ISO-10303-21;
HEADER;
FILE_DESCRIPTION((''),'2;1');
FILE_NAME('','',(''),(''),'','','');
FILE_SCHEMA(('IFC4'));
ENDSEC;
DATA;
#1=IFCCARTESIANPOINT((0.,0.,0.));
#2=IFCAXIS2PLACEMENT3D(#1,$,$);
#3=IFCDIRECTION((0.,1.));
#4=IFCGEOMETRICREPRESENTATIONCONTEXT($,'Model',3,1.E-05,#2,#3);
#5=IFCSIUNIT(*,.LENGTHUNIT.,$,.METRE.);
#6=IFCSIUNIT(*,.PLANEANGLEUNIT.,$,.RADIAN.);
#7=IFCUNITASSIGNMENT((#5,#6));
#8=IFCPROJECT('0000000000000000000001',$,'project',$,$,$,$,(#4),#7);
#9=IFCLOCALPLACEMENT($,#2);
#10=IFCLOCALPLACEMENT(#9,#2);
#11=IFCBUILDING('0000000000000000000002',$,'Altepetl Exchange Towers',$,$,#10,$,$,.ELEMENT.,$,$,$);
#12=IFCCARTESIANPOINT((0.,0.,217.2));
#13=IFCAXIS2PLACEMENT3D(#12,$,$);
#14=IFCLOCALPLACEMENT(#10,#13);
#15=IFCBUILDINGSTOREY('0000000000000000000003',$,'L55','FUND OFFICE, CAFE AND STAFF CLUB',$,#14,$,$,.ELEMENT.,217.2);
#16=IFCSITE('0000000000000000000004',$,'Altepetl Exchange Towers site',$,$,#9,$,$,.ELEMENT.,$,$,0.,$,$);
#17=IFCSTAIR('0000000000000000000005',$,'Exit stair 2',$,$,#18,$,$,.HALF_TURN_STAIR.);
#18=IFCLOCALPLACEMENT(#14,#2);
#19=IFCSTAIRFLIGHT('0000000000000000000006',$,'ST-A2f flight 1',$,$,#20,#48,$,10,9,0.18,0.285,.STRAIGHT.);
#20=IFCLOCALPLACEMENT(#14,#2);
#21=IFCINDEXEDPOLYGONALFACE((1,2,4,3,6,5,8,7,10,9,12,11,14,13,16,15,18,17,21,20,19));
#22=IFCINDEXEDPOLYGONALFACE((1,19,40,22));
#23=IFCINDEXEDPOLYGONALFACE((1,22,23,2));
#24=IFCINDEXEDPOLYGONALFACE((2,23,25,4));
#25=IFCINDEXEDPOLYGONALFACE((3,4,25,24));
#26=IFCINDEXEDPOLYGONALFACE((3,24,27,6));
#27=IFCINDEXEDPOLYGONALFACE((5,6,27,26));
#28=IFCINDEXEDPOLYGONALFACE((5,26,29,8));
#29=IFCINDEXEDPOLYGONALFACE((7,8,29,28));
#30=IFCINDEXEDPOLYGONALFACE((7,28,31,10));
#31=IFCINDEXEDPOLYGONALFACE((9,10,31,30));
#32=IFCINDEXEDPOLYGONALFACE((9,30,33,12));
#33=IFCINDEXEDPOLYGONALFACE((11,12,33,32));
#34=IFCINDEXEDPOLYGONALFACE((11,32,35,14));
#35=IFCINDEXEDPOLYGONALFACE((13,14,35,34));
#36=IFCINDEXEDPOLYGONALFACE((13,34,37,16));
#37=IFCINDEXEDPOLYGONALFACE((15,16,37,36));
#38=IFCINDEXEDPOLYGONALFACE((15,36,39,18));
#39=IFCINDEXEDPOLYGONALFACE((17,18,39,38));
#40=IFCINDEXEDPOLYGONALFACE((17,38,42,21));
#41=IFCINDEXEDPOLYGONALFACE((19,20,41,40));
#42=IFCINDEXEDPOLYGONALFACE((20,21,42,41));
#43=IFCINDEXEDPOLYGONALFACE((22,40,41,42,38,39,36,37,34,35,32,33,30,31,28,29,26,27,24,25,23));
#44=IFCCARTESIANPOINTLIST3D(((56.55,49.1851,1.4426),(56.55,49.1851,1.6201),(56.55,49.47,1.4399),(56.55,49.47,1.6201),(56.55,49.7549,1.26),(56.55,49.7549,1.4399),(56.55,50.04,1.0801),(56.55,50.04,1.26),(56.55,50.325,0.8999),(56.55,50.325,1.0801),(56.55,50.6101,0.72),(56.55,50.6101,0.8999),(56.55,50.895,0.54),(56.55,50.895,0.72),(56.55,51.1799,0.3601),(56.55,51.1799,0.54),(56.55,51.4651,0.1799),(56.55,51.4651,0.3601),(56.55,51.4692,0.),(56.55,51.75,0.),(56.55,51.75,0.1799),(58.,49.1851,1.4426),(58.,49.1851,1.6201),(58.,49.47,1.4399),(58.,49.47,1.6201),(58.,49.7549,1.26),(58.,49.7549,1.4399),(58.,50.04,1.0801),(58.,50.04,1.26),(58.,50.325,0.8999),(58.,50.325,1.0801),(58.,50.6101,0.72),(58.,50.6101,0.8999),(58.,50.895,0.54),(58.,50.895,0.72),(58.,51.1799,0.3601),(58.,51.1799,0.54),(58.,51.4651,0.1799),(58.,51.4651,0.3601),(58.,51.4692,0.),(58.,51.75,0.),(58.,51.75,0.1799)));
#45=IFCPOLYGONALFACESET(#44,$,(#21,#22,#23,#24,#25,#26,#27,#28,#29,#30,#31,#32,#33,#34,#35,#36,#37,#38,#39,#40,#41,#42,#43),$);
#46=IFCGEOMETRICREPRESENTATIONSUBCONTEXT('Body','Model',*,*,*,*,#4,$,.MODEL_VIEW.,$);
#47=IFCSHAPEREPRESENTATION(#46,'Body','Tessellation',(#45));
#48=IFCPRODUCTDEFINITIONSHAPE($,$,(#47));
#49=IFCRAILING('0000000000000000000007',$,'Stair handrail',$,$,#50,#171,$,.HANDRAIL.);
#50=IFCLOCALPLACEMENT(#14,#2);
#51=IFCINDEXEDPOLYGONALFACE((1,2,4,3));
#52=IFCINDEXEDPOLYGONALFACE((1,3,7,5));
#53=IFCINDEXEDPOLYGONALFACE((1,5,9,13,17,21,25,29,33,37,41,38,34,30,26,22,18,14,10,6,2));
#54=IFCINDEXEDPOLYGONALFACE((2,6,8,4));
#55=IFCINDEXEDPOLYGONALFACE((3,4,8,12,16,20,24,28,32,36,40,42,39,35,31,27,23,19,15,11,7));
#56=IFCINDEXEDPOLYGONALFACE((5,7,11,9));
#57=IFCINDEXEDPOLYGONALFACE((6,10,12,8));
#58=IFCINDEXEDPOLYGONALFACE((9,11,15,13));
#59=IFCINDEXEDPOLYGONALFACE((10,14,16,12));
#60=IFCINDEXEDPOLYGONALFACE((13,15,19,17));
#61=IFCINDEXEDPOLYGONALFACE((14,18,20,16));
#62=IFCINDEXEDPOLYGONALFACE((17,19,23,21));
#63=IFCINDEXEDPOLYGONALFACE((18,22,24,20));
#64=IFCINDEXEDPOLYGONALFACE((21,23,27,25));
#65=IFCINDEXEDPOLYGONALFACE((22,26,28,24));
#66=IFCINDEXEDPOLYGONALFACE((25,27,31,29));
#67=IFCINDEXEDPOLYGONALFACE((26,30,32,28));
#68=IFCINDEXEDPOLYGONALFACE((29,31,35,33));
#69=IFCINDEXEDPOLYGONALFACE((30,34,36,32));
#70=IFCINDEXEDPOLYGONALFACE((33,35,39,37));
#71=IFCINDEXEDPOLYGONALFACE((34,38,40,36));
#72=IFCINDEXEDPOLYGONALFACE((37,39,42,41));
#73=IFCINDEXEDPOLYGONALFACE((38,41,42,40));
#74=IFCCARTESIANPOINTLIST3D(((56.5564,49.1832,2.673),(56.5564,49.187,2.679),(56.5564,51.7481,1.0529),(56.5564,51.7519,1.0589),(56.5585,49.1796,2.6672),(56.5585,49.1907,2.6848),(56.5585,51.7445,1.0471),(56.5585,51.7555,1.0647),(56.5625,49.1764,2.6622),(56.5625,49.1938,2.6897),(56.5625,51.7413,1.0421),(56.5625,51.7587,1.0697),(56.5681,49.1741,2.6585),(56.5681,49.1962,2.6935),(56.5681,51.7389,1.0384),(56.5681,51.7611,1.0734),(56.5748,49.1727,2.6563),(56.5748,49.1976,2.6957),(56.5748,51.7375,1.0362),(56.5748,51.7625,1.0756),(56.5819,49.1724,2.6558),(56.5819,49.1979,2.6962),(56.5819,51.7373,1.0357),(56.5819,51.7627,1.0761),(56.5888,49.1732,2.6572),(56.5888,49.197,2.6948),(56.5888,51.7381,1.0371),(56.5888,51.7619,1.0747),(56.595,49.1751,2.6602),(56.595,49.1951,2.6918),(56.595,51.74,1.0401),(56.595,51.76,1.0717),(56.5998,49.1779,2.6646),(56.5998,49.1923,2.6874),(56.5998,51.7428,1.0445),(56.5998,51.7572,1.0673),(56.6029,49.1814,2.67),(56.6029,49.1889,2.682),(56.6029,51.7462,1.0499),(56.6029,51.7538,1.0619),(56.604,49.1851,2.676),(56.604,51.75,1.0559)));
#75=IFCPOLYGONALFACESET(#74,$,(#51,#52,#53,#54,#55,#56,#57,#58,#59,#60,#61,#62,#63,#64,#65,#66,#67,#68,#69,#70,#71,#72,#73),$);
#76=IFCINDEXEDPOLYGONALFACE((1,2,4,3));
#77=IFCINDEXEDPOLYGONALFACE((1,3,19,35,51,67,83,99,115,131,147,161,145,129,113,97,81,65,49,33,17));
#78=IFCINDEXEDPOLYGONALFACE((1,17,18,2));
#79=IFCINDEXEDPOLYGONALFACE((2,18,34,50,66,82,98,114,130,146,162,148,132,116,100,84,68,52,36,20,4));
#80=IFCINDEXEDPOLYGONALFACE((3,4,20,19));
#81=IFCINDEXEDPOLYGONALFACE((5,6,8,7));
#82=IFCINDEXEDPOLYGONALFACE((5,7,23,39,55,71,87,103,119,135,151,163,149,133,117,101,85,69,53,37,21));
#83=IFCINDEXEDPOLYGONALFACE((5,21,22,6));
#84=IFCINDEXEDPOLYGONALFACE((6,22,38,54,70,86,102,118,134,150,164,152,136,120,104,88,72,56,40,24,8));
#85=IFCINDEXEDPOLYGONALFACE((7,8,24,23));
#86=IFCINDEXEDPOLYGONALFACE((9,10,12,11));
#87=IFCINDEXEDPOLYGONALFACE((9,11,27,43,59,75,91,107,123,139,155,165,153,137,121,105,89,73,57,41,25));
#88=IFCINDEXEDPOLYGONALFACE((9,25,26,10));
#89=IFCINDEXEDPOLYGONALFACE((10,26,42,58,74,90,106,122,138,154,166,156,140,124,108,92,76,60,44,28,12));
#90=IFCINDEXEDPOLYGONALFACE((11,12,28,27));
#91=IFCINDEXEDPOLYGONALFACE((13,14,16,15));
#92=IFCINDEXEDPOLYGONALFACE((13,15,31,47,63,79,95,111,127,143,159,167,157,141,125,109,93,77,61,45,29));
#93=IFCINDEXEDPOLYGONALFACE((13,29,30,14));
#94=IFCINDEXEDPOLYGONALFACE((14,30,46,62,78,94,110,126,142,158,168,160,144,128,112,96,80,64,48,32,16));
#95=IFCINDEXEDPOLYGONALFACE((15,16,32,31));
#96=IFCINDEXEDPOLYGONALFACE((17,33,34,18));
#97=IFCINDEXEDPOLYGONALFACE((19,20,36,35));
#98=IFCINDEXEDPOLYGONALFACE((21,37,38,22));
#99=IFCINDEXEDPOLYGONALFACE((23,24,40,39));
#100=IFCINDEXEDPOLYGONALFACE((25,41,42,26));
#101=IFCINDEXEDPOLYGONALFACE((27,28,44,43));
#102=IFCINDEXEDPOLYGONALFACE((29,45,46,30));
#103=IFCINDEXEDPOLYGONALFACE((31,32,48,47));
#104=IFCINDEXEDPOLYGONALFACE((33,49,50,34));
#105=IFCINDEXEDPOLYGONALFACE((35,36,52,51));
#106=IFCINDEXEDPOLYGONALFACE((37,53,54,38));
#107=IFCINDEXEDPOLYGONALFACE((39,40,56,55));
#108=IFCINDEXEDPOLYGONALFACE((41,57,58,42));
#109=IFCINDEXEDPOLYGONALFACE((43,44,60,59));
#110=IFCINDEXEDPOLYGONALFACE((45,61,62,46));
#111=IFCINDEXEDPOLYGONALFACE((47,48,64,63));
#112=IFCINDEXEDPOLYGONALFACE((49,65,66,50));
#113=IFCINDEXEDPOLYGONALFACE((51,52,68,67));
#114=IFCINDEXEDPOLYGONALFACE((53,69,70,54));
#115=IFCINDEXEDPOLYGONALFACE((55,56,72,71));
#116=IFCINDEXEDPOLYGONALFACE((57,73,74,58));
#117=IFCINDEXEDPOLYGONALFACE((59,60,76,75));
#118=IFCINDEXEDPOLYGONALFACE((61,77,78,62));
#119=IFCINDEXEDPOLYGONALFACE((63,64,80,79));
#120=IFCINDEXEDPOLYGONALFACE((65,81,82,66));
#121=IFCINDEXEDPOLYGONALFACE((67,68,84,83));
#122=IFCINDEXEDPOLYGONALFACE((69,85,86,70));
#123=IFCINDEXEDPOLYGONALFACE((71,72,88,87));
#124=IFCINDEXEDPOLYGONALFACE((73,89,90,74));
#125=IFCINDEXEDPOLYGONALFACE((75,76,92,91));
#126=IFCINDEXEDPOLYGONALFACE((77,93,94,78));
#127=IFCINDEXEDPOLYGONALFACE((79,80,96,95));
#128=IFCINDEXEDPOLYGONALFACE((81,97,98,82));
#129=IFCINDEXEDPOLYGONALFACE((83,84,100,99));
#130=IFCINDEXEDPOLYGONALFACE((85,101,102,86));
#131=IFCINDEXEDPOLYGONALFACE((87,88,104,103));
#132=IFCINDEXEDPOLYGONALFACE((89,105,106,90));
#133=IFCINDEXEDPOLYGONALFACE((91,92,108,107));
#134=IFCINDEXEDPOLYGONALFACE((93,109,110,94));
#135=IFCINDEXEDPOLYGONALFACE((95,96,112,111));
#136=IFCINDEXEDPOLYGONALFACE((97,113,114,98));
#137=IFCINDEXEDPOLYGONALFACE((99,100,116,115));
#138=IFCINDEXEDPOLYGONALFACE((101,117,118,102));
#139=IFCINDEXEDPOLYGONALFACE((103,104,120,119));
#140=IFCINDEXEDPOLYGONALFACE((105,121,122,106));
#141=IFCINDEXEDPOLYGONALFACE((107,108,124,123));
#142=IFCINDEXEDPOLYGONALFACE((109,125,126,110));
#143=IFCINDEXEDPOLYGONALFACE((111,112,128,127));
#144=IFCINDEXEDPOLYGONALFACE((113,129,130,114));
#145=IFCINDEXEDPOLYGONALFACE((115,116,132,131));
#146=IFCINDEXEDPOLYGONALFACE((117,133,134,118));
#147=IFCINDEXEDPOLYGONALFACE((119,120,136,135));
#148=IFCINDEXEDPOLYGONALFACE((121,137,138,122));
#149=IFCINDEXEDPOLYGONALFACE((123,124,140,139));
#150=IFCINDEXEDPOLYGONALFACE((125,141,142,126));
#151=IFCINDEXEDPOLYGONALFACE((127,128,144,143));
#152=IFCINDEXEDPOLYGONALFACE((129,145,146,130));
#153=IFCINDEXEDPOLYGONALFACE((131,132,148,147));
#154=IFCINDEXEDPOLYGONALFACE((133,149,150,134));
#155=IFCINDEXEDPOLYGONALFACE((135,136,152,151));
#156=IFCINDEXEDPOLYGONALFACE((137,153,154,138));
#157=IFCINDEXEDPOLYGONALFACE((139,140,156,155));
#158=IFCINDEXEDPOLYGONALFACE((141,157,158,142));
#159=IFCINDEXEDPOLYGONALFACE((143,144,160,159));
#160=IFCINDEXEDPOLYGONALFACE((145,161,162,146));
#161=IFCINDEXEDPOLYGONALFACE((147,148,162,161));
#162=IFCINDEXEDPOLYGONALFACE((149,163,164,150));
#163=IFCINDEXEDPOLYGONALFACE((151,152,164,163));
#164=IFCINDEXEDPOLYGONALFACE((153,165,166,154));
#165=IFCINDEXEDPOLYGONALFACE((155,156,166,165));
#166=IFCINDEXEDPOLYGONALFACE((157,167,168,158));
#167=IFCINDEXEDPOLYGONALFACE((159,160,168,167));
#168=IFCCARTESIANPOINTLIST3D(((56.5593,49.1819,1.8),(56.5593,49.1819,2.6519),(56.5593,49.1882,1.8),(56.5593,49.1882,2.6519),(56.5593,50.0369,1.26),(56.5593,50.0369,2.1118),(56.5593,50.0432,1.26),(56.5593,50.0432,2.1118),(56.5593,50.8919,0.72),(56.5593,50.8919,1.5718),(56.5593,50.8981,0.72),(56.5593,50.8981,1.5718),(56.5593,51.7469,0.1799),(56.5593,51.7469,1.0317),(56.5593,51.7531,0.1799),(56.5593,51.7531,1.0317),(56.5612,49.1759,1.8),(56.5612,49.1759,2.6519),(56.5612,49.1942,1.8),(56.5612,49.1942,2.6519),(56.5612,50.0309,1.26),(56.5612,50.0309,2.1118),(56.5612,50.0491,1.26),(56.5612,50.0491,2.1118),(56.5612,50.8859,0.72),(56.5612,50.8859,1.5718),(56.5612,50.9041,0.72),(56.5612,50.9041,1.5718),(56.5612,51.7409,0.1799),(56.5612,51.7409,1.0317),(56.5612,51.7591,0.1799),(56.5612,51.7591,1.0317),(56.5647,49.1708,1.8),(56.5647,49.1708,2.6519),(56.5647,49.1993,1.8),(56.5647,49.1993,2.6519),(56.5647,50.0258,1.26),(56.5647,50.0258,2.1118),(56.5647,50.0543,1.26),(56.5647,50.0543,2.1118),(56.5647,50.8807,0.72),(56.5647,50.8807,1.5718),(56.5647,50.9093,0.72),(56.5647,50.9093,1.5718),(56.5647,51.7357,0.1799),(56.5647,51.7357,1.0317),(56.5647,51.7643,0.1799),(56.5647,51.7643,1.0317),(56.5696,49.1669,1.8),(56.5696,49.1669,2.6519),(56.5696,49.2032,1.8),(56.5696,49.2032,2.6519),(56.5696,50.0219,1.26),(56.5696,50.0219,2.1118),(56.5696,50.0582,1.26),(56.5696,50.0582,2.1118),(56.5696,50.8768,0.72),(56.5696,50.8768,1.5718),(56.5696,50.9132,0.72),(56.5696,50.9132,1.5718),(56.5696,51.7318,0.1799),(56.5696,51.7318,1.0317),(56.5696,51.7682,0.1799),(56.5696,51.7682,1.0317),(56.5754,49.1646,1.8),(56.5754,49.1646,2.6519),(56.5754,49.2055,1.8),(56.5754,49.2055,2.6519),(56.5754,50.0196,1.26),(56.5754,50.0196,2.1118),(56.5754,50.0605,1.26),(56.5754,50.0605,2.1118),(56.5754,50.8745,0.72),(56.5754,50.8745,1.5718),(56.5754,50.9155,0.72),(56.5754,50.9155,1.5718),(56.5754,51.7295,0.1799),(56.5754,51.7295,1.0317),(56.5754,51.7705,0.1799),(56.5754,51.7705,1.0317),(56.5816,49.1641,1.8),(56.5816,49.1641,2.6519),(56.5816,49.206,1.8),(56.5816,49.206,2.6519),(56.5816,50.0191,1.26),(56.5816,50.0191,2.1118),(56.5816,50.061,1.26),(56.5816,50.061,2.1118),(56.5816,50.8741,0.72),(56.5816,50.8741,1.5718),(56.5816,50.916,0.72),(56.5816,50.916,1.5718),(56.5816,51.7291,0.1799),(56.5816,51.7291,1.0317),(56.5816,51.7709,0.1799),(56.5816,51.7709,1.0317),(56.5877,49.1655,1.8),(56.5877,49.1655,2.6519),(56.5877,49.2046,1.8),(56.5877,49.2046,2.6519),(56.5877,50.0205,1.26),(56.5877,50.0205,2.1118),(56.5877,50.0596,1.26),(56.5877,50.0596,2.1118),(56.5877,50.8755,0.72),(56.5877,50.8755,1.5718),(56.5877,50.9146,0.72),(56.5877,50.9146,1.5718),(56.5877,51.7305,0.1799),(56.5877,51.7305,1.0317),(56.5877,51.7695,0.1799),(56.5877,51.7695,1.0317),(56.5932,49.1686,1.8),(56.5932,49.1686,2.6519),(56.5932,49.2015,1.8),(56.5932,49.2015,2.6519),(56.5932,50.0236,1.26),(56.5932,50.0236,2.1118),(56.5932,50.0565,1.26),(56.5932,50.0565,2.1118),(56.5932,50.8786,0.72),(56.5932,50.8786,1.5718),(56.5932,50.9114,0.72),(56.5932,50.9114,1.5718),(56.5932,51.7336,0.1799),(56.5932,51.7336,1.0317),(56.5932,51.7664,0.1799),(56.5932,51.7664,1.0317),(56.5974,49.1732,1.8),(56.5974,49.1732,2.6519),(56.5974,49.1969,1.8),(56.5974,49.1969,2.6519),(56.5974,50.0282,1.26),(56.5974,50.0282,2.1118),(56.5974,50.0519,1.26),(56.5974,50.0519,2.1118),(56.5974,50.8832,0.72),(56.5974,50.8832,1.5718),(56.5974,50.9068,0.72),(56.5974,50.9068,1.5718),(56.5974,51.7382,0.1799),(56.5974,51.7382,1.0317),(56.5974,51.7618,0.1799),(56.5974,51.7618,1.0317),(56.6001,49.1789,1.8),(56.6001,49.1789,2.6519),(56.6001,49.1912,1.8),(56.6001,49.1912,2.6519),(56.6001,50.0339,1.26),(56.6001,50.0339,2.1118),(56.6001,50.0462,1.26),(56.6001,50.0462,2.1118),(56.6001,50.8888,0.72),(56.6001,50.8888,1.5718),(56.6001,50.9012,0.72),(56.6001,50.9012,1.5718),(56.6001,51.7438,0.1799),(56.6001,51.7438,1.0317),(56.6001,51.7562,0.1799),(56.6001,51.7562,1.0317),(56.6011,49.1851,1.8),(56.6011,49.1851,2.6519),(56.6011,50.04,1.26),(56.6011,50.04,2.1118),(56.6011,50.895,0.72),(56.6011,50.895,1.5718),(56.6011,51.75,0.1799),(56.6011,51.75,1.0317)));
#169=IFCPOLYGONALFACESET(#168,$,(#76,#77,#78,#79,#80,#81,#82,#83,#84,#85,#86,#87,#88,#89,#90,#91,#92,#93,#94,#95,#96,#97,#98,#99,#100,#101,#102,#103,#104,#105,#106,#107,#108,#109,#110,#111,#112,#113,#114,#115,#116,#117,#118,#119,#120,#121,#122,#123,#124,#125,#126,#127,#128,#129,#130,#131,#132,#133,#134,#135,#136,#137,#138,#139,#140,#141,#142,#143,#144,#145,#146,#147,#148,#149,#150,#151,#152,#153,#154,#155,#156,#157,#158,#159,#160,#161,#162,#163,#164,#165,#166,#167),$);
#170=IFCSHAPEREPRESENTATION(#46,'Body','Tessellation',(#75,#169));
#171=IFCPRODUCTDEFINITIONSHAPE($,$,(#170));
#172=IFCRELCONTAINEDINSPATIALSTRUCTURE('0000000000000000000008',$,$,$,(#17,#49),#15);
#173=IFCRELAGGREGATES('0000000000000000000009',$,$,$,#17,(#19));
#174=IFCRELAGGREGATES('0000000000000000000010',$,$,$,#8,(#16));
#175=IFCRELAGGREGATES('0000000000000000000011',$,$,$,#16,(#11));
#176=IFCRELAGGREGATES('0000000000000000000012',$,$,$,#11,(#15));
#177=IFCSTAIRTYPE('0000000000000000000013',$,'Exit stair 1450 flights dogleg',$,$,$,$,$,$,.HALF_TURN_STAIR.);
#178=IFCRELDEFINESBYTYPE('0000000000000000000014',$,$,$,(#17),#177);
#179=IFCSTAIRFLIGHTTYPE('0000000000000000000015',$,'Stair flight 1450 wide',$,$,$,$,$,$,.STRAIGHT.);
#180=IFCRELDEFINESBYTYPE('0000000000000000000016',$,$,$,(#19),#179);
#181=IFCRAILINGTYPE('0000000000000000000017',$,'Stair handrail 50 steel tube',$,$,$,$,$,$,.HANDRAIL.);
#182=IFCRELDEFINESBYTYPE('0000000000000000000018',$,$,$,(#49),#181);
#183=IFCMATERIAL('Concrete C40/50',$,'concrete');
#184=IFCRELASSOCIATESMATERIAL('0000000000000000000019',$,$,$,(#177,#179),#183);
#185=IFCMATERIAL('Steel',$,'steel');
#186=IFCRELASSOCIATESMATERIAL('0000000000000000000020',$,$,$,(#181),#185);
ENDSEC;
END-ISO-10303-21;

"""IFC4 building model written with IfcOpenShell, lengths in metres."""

from ifc_helpers import new_model, si_unit, direction, frame, origin, origin_2d, place, context, subcontext, project, spatial, polyline, circle, outline, extrude, source, transform, mapped, material, type_object, element, aggregate, save


model = new_model("IFC4")

# Units and contexts
model_context = context("Model", 3, precision=1e-05, world=origin(), true_north=direction((0.0, 1.0)))
body_context = subcontext(model_context, "Body", "Model", "MODEL_VIEW")
ifc_project = project(units=[si_unit("LENGTHUNIT", "METRE"), si_unit("PLANEANGLEUNIT", "RADIAN")], contexts=[model_context])

# Site, building, storey
site_placement = place(None, origin())
site = spatial("IfcSite", under=ifc_project, at=site_placement, Name="Altepetl Exchange Towers site", CompositionType="ELEMENT", RefElevation=0.0)
building_placement = place(site_placement, origin())
building = spatial("IfcBuilding", under=site, at=building_placement, Name="Altepetl Exchange Towers", CompositionType="ELEMENT")
storey_placement = place(building_placement, frame((0.0, 0.0, 217.2)))
storey = spatial("IfcBuildingStorey", under=building, at=storey_placement, Name="L55", Description="FUND OFFICE, CAFE AND STAFF CLUB", CompositionType="ELEMENT", Elevation=217.2)

# Shared definitions
ifc_material_1 = material(Name="Concrete C40/50", Category="concrete")

# Stair, stair flight
stair_type = type_object("IfcStairType", Name="Exit stair 1450 flights dogleg", PredefinedType="HALF_TURN_STAIR", material=ifc_material_1)
stair_placement = place(storey_placement, origin())
stair = element("IfcStair", 1, at=stair_placement, inside=storey, type_object=stair_type, Name="Exit stair 2", PredefinedType="HALF_TURN_STAIR")
stair_flight_type = type_object("IfcStairFlightType", Name="Stair flight 1450 wide", PredefinedType="STRAIGHT", material=ifc_material_1)
stair_flight_placement = place(storey_placement, frame((57.2749, 51.75, 0.0), z_axis=(0.0, 0.0, 1.0), x_axis=(0.0, -1.0, 0.0)))
stair_flight = element("IfcStairFlight", 2, at=stair_flight_placement, type_object=stair_flight_type, Name="ST-A2f flight 1", NumberOfRisers=10, NumberOfTreads=9, PredefinedType="STRAIGHT", RiserHeight=0.18, TreadLength=0.285, context=body_context, shape_type="SweptSolid", body=[
    extrude(outline(polyline([(0.0, 0.0), (0.0, 0.1799), (0.2849, 0.1799), (0.2849, 0.3601), (0.5701, 0.3601), (0.5701, 0.54), (0.855, 0.54), (0.855, 0.72), (1.1399, 0.72), (1.1399, 0.8999), (1.425, 0.8999), (1.425, 1.0801), (1.71, 1.0801), (1.71, 1.26), (1.9951, 1.26), (1.9951, 1.4399), (2.28, 1.4399), (2.28, 1.6201), (2.5649, 1.6201), (2.5649, 1.8), (2.5649, 1.4426), (0.2808, 0.0), (0.0, 0.0)])), frame((0.0, 0.7251, 0.0), z_axis=(0.0, -1.0, 0.0), x_axis=(1.0, 0.0, 0.0)), (0.0, 0.0, 1.0), 1.45),
])
aggregate(stair, [stair_flight])

# Railing
ifc_material_2 = material(Name="Steel", Category="steel")
railing_type = type_object("IfcRailingType", Name="Stair handrail 50 steel tube", PredefinedType="HANDRAIL", material=ifc_material_2)
shared_shape = source(origin(), body_context, "Body", "SweptSolid", [
    extrude(circle(Radius=0.021, at=origin_2d()), origin(), (0.0, 0.0, 1.0), 0.8518),
])
railing_placement = place(storey_placement, frame((56.5801, 51.75, 0.1799)))
element("IfcRailing", 3, at=railing_placement, inside=storey, type_object=railing_type, Name="Stair handrail", PredefinedType="HANDRAIL", context=body_context, shape_type="SweptSolid", body=[
    extrude(circle(Radius=0.0239, at=origin_2d()), frame((0.0, 0.0, 0.876), z_axis=(0.0, -0.845466, 0.534029), x_axis=(1.0, 0.0, 0.0)), (0.0, 0.0, 1.0), 3.0337),
    mapped(shared_shape, transform((0.0, 0.0, 0.0))),
    mapped(shared_shape, transform((0.0, -0.855, 0.54))),
    mapped(shared_shape, transform((0.0, -1.71, 1.0801))),
    mapped(shared_shape, transform((0.0, -2.5649, 1.6201))),
])

save(model, "model.ifc")
